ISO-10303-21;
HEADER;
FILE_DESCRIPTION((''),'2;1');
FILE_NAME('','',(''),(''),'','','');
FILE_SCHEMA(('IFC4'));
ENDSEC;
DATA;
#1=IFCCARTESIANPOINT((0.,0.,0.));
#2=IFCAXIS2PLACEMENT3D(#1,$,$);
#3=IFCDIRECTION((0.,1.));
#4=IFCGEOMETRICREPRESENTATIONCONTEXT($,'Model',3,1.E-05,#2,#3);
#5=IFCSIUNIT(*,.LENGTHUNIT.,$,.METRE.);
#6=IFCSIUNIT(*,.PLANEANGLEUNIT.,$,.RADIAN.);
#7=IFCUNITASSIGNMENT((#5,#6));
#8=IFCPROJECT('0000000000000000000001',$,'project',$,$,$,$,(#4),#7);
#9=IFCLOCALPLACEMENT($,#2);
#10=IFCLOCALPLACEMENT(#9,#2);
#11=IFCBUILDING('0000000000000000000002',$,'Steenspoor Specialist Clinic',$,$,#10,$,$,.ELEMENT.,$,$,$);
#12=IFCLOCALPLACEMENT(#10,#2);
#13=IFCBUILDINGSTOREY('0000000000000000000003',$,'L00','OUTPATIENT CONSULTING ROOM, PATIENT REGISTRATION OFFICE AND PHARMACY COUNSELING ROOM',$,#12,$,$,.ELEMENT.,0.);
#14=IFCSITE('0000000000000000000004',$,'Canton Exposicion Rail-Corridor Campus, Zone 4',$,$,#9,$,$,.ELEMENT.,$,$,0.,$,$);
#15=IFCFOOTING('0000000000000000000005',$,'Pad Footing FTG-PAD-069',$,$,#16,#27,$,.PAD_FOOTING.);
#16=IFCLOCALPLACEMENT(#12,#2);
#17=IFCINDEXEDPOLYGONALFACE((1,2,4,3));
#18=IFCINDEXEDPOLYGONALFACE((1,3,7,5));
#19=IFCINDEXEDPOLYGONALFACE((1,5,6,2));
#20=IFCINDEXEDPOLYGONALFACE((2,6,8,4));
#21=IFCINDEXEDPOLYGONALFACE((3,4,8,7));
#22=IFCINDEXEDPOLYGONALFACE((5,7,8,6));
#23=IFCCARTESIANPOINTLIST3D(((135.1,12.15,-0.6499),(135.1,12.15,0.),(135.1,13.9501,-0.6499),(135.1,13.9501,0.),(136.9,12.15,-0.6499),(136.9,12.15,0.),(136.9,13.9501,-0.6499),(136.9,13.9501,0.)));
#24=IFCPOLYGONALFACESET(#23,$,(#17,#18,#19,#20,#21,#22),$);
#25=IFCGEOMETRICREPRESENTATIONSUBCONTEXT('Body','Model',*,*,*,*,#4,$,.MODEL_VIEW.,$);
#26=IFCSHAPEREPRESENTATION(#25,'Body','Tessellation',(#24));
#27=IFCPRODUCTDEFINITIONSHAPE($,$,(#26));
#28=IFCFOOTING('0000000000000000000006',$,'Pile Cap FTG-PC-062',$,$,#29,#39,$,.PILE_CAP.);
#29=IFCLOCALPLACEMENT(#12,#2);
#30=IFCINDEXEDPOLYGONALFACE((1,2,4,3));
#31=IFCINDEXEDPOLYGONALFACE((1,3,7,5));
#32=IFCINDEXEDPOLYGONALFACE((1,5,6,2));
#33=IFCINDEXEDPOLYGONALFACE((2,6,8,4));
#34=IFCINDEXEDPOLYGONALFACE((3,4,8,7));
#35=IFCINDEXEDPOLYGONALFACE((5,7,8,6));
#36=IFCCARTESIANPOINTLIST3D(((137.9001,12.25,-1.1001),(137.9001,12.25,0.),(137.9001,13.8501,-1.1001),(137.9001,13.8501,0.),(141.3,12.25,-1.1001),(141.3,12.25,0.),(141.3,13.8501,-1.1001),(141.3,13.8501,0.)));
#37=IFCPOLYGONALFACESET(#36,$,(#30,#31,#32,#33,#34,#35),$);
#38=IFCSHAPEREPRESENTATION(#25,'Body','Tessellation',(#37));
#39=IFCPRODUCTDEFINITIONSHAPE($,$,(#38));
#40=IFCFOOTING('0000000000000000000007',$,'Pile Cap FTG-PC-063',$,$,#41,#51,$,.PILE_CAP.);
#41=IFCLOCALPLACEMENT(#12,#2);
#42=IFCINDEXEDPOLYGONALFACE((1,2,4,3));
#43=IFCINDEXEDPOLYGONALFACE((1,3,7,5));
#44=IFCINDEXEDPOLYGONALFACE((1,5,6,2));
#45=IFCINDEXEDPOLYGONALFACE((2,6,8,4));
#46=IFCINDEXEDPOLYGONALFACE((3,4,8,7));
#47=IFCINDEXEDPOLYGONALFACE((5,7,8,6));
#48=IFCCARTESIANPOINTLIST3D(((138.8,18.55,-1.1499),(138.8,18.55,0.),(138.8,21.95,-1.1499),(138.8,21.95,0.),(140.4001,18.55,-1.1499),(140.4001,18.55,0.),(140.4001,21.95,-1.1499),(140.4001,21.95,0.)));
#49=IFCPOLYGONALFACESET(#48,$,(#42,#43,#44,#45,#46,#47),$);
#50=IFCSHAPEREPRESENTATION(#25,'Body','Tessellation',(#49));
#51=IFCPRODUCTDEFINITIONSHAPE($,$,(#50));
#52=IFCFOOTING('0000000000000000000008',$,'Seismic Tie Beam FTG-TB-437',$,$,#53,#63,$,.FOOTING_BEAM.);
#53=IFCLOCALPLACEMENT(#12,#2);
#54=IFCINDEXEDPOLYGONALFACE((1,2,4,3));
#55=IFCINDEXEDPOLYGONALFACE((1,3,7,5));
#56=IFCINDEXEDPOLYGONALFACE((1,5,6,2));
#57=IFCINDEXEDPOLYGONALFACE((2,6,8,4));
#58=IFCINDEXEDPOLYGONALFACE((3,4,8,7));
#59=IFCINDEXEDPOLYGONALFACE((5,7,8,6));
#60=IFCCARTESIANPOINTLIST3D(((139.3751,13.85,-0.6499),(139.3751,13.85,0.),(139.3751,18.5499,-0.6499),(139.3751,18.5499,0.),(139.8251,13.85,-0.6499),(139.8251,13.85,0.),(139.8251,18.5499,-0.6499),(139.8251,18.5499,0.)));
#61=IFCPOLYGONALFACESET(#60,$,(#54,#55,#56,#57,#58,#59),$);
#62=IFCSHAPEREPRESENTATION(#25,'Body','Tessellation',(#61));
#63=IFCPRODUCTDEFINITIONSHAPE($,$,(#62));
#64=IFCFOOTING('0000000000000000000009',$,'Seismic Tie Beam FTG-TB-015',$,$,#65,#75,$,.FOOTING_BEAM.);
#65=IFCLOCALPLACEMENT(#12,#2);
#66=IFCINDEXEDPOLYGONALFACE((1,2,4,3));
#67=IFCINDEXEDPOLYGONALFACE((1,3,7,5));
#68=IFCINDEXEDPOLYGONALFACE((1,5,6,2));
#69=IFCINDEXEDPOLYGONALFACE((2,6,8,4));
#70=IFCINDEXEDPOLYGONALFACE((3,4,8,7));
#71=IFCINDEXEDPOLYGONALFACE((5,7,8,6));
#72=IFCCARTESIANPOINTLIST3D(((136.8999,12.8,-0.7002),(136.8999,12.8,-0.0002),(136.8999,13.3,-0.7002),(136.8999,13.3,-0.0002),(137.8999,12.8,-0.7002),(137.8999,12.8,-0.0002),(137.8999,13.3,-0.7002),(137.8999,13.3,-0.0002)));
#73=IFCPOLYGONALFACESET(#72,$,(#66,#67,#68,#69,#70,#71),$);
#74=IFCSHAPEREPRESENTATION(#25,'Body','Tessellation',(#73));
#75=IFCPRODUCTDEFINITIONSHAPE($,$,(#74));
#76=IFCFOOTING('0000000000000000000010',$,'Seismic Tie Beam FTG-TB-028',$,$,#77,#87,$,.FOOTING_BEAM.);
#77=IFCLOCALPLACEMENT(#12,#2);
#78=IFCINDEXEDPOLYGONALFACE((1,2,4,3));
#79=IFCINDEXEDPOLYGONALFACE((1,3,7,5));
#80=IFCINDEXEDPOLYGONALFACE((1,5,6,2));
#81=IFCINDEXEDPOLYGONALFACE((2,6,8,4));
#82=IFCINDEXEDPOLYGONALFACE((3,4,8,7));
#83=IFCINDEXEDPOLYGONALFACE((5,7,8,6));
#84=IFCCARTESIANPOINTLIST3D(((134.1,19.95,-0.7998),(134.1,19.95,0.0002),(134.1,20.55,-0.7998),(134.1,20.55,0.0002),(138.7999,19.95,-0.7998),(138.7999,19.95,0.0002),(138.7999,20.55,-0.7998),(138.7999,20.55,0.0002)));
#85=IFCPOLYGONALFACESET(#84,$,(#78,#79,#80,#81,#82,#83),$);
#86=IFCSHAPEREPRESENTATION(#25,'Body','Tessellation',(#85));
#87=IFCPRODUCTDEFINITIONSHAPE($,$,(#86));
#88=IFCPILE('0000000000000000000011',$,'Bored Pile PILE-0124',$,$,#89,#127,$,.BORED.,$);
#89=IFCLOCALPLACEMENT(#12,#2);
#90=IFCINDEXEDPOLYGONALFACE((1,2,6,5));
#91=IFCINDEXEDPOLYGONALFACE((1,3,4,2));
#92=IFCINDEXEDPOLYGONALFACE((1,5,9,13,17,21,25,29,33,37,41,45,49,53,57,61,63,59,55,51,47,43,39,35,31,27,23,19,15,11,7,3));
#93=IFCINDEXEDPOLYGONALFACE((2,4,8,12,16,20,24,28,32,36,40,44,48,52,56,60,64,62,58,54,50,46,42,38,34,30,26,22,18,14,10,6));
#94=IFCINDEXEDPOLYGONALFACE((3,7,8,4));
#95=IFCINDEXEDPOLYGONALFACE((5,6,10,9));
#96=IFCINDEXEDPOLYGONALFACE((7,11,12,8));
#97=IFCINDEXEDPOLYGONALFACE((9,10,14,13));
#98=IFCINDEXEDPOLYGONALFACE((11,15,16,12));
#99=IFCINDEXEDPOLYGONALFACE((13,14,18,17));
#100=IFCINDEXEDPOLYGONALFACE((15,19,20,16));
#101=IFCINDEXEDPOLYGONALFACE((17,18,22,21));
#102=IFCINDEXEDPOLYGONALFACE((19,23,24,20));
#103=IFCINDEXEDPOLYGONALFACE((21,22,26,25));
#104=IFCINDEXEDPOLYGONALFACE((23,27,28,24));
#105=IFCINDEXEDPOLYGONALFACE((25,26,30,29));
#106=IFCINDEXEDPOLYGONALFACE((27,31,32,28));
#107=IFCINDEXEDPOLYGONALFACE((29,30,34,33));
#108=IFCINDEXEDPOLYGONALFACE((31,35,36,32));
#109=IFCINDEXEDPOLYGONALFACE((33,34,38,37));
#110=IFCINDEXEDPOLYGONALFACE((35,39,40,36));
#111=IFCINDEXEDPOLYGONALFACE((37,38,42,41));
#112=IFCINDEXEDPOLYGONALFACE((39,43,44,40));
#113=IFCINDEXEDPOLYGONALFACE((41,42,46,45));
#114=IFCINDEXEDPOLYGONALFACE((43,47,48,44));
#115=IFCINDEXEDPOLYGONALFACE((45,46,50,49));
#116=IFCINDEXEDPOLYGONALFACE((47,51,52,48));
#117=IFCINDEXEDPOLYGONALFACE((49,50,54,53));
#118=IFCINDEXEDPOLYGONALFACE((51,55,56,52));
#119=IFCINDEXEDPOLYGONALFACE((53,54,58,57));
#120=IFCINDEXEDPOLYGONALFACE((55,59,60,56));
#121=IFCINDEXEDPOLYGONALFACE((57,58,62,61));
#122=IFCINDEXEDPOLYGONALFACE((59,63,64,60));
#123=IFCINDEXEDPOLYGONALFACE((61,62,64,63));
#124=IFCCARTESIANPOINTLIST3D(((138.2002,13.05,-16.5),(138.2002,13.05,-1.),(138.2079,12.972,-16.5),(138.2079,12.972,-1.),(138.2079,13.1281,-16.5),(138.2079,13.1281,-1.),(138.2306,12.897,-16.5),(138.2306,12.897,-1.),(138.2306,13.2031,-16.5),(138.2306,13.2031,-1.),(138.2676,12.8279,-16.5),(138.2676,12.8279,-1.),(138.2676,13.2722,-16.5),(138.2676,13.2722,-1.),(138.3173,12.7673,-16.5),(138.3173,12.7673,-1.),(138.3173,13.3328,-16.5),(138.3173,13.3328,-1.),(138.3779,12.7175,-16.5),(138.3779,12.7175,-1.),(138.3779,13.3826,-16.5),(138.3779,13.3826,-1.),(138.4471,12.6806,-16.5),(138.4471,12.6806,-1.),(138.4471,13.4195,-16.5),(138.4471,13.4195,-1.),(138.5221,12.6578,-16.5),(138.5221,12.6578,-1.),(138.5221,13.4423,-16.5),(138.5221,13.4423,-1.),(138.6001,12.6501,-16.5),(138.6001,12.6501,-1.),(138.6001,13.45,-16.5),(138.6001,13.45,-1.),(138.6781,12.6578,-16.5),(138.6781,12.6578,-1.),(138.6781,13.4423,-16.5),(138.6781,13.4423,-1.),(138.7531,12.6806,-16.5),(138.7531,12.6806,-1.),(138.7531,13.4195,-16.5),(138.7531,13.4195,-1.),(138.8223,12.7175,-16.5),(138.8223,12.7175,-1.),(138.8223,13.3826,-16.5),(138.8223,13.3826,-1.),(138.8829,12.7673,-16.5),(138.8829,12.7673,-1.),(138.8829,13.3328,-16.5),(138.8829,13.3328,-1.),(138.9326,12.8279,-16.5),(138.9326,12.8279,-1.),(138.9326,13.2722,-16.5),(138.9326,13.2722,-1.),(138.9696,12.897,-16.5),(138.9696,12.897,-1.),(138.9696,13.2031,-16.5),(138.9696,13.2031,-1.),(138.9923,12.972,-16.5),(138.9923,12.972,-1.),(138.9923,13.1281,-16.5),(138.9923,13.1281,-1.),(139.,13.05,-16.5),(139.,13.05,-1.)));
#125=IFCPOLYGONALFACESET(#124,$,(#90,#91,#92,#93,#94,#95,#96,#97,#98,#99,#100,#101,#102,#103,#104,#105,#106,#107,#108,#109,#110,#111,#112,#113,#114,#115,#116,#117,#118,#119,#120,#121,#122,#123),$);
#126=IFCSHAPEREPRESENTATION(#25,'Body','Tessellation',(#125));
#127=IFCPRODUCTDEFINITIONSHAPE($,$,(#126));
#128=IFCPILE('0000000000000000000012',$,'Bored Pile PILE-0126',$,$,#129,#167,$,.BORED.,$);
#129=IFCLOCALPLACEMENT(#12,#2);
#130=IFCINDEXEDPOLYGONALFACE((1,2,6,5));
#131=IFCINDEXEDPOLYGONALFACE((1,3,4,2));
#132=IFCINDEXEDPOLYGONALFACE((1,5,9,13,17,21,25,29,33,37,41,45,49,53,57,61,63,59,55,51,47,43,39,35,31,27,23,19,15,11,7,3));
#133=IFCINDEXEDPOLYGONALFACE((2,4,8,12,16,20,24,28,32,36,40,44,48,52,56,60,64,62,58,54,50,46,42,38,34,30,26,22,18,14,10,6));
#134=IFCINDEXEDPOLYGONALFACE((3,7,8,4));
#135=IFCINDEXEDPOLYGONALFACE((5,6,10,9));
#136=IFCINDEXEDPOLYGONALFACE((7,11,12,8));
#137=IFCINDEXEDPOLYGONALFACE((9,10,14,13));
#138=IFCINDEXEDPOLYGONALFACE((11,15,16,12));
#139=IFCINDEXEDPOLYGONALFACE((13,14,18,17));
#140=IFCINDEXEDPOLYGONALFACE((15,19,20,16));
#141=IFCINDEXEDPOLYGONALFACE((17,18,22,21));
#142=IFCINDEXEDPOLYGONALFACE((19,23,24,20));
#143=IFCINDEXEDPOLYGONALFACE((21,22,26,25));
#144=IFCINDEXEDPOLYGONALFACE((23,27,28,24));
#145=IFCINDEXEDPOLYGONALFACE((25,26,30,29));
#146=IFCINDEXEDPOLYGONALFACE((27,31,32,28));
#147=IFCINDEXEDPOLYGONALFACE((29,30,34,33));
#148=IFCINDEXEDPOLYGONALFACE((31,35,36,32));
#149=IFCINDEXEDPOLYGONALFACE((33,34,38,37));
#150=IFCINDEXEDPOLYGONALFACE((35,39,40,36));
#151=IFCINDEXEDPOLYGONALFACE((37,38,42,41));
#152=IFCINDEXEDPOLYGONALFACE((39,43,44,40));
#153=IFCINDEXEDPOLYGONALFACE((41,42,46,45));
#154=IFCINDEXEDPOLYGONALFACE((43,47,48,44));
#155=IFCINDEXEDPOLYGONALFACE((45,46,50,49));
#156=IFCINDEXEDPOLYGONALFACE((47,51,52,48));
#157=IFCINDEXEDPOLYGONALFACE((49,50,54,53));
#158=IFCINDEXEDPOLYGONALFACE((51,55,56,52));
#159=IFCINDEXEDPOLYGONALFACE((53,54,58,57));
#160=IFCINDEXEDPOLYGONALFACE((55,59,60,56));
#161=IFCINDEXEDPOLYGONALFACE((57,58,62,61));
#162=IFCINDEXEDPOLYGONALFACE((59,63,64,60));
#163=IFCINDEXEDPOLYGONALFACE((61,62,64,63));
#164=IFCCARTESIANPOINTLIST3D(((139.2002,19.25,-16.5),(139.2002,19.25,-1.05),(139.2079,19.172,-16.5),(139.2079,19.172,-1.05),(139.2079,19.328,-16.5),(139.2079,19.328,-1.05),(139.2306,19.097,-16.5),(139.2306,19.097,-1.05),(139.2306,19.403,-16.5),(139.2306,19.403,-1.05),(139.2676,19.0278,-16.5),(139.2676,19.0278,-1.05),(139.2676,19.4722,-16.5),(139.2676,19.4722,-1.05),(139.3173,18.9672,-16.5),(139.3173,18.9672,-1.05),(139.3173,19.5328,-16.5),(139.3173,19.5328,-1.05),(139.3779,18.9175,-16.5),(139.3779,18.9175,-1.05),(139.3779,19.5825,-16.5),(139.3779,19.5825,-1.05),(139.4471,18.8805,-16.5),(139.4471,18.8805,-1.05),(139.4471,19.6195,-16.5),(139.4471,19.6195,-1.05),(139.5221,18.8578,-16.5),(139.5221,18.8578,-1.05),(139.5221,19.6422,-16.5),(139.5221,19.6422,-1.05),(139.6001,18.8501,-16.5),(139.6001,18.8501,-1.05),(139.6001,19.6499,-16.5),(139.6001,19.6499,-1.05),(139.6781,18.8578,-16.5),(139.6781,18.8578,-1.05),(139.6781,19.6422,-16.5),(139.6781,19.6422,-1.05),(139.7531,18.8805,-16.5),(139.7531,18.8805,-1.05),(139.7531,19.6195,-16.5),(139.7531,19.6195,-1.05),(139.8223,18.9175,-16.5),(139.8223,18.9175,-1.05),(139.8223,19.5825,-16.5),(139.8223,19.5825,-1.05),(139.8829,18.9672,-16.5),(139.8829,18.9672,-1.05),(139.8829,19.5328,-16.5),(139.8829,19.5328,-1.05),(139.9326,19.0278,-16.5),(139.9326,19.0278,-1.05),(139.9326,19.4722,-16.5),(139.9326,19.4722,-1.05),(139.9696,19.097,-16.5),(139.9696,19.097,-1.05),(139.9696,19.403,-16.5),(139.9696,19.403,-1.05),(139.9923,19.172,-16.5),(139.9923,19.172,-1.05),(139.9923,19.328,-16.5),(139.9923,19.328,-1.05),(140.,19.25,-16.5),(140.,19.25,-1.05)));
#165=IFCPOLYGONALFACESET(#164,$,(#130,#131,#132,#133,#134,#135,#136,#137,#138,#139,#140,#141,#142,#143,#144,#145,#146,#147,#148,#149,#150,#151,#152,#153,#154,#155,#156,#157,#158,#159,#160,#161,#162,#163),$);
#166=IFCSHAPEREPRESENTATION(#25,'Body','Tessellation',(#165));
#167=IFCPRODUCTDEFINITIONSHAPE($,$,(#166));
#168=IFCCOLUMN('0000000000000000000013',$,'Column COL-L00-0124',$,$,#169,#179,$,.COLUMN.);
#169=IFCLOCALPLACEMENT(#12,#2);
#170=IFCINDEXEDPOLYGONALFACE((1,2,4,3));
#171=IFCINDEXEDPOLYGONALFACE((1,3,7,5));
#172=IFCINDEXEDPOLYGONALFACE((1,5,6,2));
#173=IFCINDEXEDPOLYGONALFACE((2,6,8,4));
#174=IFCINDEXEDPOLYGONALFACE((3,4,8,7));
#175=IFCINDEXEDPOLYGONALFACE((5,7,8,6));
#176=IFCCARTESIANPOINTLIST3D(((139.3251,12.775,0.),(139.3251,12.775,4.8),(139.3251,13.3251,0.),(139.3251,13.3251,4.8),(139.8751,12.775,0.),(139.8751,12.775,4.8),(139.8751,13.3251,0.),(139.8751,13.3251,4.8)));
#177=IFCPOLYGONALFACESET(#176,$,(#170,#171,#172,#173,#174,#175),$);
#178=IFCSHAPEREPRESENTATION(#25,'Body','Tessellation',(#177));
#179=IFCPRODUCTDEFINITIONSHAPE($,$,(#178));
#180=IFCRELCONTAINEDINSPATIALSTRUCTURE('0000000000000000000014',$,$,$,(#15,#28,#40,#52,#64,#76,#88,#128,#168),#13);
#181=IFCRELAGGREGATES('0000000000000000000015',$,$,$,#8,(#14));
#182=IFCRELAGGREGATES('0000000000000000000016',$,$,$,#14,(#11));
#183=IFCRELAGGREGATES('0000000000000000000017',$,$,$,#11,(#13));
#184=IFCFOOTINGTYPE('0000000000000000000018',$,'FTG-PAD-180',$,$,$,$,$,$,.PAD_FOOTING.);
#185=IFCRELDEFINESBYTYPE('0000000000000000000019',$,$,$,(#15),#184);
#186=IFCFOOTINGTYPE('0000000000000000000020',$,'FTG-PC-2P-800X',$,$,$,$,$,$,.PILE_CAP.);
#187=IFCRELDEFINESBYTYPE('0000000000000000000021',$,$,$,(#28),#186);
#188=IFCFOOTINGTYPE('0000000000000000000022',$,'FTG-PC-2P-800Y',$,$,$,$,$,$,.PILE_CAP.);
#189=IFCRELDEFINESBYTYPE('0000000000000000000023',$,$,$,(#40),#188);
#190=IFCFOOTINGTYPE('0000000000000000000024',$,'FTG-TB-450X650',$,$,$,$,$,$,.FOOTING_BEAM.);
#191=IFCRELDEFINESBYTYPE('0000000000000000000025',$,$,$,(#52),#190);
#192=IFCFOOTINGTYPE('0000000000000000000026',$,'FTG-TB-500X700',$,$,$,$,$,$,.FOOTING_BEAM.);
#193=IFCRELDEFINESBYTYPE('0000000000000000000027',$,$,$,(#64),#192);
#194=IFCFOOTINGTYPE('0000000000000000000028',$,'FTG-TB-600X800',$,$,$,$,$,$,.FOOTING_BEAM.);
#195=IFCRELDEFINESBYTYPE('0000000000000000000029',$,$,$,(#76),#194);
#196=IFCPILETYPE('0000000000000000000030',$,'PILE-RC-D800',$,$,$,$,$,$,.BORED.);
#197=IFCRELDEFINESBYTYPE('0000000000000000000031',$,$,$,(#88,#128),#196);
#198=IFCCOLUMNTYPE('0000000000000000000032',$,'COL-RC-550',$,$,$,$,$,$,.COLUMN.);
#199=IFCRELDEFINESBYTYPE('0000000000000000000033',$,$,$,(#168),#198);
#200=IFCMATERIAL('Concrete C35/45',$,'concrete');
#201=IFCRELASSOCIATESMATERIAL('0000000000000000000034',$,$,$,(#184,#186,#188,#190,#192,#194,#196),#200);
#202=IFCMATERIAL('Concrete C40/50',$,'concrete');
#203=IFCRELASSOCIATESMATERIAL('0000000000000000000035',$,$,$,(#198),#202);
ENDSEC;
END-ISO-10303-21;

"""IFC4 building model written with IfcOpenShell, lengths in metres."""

from ifc_helpers import new_model, si_unit, direction, frame, origin, origin_2d, place, context, subcontext, project, spatial, rectangle, circle, extrude, material, material_profile, profile_set, type_object, element, save


model = new_model("IFC4")

# Units and contexts
model_context = context("Model", 3, precision=1e-05, world=origin(), true_north=direction((0.0, 1.0)))
body_context = subcontext(model_context, "Body", "Model", "MODEL_VIEW")
ifc_project = project(units=[si_unit("LENGTHUNIT", "METRE"), si_unit("PLANEANGLEUNIT", "RADIAN")], contexts=[model_context])

# Site, building, storey
site_placement = place(None, origin())
site = spatial("IfcSite", under=ifc_project, at=site_placement, Name="Canton Exposicion Rail-Corridor Campus, Zone 4", CompositionType="ELEMENT", RefElevation=0.0)
building_placement = place(site_placement, origin())
building = spatial("IfcBuilding", under=site, at=building_placement, Name="Steenspoor Specialist Clinic", CompositionType="ELEMENT")
storey_placement = place(building_placement, origin())
storey = spatial("IfcBuildingStorey", under=building, at=storey_placement, Name="L00", Description="OUTPATIENT CONSULTING ROOM, PATIENT REGISTRATION OFFICE AND PHARMACY COUNSELING ROOM", CompositionType="ELEMENT", Elevation=0.0)

# Footings
ifc_material_1 = material(Name="Concrete C35/45", Category="concrete")
footing_type_1 = type_object("IfcFootingType", Name="FTG-PAD-180", PredefinedType="PAD_FOOTING", material=ifc_material_1)
footing_1_placement = place(storey_placement, frame((136.0, 13.05, -0.6499), z_axis=(0.0, 0.0, 1.0), x_axis=(1.0, 0.0, 0.0)))
element("IfcFooting", 1, at=footing_1_placement, inside=storey, type_object=footing_type_1, Name="Pad Footing FTG-PAD-069", PredefinedType="PAD_FOOTING", context=body_context, shape_type="SweptSolid", body=[
    extrude(rectangle(XDim=1.8, YDim=1.8, at=origin_2d()), origin(), (0.0, 0.0, 1.0), 0.6499),
])
footing_type_2 = type_object("IfcFootingType", Name="FTG-PC-2P-800X", PredefinedType="PILE_CAP", material=ifc_material_1)
footing_2_placement = place(storey_placement, frame((139.6001, 13.05, -1.1001), z_axis=(0.0, 0.0, 1.0), x_axis=(1.0, 0.0, 0.0)))
element("IfcFooting", 2, at=footing_2_placement, inside=storey, type_object=footing_type_2, Name="Pile Cap FTG-PC-062", PredefinedType="PILE_CAP", context=body_context, shape_type="SweptSolid", body=[
    extrude(rectangle(XDim=3.3999, YDim=1.6001, at=origin_2d()), origin(), (0.0, 0.0, 1.0), 1.1001),
])
footing_type_3 = type_object("IfcFootingType", Name="FTG-PC-2P-800Y", PredefinedType="PILE_CAP", material=ifc_material_1)
footing_3_placement = place(storey_placement, frame((139.6001, 20.25, -1.1499), z_axis=(0.0, 0.0, 1.0), x_axis=(1.0, 0.0, 0.0)))
element("IfcFooting", 3, at=footing_3_placement, inside=storey, type_object=footing_type_3, Name="Pile Cap FTG-PC-063", PredefinedType="PILE_CAP", context=body_context, shape_type="SweptSolid", body=[
    extrude(rectangle(XDim=1.6001, YDim=3.3999, at=origin_2d()), origin(), (0.0, 0.0, 1.0), 1.1499),
])
footing_type_4 = type_object("IfcFootingType", Name="FTG-TB-450X650", PredefinedType="FOOTING_BEAM", material=ifc_material_1)
footing_4_placement = place(storey_placement, frame((139.6001, 16.2, -0.6499), z_axis=(0.0, 0.0, 1.0), x_axis=(1.0, 0.0, 0.0)))
element("IfcFooting", 4, at=footing_4_placement, inside=storey, type_object=footing_type_4, Name="Seismic Tie Beam FTG-TB-437", PredefinedType="FOOTING_BEAM", context=body_context, shape_type="SweptSolid", body=[
    extrude(rectangle(XDim=0.45, YDim=4.7, at=origin_2d()), origin(), (0.0, 0.0, 1.0), 0.6499),
])
footing_type_5 = type_object("IfcFootingType", Name="FTG-TB-500X700", PredefinedType="FOOTING_BEAM", material=ifc_material_1)
footing_5_placement = place(storey_placement, frame((137.3999, 13.05, -0.7002), z_axis=(0.0, 0.0, 1.0), x_axis=(1.0, 0.0, 0.0)))
element("IfcFooting", 5, at=footing_5_placement, inside=storey, type_object=footing_type_5, Name="Seismic Tie Beam FTG-TB-015", PredefinedType="FOOTING_BEAM", context=body_context, shape_type="SweptSolid", body=[
    extrude(rectangle(XDim=1.0, YDim=0.5, at=origin_2d()), origin(), (0.0, 0.0, 1.0), 0.7),
])
footing_type_6 = type_object("IfcFootingType", Name="FTG-TB-600X800", PredefinedType="FOOTING_BEAM", material=ifc_material_1)
footing_6_placement = place(storey_placement, frame((136.45, 20.25, -0.7998), z_axis=(0.0, 0.0, 1.0), x_axis=(1.0, 0.0, 0.0)))
element("IfcFooting", 6, at=footing_6_placement, inside=storey, type_object=footing_type_6, Name="Seismic Tie Beam FTG-TB-028", PredefinedType="FOOTING_BEAM", context=body_context, shape_type="SweptSolid", body=[
    extrude(rectangle(XDim=4.7, YDim=0.6001, at=origin_2d()), origin(), (0.0, 0.0, 1.0), 0.8),
])

# Piles
ifc_material_profile_1 = material_profile(ifc_material_1, circle(Radius=0.3999, at=origin_2d()), Name="PILE-D800")
ifc_profile_set_1 = profile_set([ifc_material_profile_1], Name="Concrete C35/45")
pile_type = type_object("IfcPileType", Name="PILE-RC-D800", PredefinedType="BORED", material=ifc_profile_set_1)
pile_1_placement = place(storey_placement, frame((138.6001, 13.05, -1.0), z_axis=(0.0, 0.0, -1.0), x_axis=(1.0, 0.0, 0.0)))
element("IfcPile", 7, at=pile_1_placement, inside=storey, type_object=pile_type, Name="Bored Pile PILE-0124", PredefinedType="BORED", context=body_context, shape_type="SweptSolid", body=[
    extrude(circle(Radius=0.3999, at=origin_2d()), origin(), (0.0, 0.0, 1.0), 15.5),
])
pile_2_placement = place(storey_placement, frame((139.6001, 19.25, -1.05), z_axis=(0.0, 0.0, -1.0), x_axis=(1.0, 0.0, 0.0)))
element("IfcPile", 8, at=pile_2_placement, inside=storey, type_object=pile_type, Name="Bored Pile PILE-0126", PredefinedType="BORED", context=body_context, shape_type="SweptSolid", body=[
    extrude(circle(Radius=0.3999, at=origin_2d()), origin(), (0.0, 0.0, 1.0), 15.45),
])

# Column
ifc_material_2 = material(Name="Concrete C40/50", Category="concrete")
ifc_material_profile_2 = material_profile(ifc_material_2, rectangle(XDim=0.55, YDim=0.55, at=origin_2d()), Name="RC-COL-550X550")
ifc_profile_set_2 = profile_set([ifc_material_profile_2], Name="Concrete C40/50")
column_type_1 = type_object("IfcColumnType", Name="COL-RC-550", PredefinedType="COLUMN", material=ifc_profile_set_2)
column_1_placement = place(storey_placement, frame((139.6001, 13.05, 0.0), z_axis=(0.0, 0.0, 1.0), x_axis=(1.0, 0.0, 0.0)))
element("IfcColumn", 9, at=column_1_placement, inside=storey, type_object=column_type_1, Name="Column COL-L00-0124", PredefinedType="COLUMN", context=body_context, shape_type="SweptSolid", body=[
    extrude(rectangle(XDim=0.55, YDim=0.55, at=origin_2d()), origin(), (0.0, 0.0, 1.0), 4.8),
])

save(model, "model.ifc")
